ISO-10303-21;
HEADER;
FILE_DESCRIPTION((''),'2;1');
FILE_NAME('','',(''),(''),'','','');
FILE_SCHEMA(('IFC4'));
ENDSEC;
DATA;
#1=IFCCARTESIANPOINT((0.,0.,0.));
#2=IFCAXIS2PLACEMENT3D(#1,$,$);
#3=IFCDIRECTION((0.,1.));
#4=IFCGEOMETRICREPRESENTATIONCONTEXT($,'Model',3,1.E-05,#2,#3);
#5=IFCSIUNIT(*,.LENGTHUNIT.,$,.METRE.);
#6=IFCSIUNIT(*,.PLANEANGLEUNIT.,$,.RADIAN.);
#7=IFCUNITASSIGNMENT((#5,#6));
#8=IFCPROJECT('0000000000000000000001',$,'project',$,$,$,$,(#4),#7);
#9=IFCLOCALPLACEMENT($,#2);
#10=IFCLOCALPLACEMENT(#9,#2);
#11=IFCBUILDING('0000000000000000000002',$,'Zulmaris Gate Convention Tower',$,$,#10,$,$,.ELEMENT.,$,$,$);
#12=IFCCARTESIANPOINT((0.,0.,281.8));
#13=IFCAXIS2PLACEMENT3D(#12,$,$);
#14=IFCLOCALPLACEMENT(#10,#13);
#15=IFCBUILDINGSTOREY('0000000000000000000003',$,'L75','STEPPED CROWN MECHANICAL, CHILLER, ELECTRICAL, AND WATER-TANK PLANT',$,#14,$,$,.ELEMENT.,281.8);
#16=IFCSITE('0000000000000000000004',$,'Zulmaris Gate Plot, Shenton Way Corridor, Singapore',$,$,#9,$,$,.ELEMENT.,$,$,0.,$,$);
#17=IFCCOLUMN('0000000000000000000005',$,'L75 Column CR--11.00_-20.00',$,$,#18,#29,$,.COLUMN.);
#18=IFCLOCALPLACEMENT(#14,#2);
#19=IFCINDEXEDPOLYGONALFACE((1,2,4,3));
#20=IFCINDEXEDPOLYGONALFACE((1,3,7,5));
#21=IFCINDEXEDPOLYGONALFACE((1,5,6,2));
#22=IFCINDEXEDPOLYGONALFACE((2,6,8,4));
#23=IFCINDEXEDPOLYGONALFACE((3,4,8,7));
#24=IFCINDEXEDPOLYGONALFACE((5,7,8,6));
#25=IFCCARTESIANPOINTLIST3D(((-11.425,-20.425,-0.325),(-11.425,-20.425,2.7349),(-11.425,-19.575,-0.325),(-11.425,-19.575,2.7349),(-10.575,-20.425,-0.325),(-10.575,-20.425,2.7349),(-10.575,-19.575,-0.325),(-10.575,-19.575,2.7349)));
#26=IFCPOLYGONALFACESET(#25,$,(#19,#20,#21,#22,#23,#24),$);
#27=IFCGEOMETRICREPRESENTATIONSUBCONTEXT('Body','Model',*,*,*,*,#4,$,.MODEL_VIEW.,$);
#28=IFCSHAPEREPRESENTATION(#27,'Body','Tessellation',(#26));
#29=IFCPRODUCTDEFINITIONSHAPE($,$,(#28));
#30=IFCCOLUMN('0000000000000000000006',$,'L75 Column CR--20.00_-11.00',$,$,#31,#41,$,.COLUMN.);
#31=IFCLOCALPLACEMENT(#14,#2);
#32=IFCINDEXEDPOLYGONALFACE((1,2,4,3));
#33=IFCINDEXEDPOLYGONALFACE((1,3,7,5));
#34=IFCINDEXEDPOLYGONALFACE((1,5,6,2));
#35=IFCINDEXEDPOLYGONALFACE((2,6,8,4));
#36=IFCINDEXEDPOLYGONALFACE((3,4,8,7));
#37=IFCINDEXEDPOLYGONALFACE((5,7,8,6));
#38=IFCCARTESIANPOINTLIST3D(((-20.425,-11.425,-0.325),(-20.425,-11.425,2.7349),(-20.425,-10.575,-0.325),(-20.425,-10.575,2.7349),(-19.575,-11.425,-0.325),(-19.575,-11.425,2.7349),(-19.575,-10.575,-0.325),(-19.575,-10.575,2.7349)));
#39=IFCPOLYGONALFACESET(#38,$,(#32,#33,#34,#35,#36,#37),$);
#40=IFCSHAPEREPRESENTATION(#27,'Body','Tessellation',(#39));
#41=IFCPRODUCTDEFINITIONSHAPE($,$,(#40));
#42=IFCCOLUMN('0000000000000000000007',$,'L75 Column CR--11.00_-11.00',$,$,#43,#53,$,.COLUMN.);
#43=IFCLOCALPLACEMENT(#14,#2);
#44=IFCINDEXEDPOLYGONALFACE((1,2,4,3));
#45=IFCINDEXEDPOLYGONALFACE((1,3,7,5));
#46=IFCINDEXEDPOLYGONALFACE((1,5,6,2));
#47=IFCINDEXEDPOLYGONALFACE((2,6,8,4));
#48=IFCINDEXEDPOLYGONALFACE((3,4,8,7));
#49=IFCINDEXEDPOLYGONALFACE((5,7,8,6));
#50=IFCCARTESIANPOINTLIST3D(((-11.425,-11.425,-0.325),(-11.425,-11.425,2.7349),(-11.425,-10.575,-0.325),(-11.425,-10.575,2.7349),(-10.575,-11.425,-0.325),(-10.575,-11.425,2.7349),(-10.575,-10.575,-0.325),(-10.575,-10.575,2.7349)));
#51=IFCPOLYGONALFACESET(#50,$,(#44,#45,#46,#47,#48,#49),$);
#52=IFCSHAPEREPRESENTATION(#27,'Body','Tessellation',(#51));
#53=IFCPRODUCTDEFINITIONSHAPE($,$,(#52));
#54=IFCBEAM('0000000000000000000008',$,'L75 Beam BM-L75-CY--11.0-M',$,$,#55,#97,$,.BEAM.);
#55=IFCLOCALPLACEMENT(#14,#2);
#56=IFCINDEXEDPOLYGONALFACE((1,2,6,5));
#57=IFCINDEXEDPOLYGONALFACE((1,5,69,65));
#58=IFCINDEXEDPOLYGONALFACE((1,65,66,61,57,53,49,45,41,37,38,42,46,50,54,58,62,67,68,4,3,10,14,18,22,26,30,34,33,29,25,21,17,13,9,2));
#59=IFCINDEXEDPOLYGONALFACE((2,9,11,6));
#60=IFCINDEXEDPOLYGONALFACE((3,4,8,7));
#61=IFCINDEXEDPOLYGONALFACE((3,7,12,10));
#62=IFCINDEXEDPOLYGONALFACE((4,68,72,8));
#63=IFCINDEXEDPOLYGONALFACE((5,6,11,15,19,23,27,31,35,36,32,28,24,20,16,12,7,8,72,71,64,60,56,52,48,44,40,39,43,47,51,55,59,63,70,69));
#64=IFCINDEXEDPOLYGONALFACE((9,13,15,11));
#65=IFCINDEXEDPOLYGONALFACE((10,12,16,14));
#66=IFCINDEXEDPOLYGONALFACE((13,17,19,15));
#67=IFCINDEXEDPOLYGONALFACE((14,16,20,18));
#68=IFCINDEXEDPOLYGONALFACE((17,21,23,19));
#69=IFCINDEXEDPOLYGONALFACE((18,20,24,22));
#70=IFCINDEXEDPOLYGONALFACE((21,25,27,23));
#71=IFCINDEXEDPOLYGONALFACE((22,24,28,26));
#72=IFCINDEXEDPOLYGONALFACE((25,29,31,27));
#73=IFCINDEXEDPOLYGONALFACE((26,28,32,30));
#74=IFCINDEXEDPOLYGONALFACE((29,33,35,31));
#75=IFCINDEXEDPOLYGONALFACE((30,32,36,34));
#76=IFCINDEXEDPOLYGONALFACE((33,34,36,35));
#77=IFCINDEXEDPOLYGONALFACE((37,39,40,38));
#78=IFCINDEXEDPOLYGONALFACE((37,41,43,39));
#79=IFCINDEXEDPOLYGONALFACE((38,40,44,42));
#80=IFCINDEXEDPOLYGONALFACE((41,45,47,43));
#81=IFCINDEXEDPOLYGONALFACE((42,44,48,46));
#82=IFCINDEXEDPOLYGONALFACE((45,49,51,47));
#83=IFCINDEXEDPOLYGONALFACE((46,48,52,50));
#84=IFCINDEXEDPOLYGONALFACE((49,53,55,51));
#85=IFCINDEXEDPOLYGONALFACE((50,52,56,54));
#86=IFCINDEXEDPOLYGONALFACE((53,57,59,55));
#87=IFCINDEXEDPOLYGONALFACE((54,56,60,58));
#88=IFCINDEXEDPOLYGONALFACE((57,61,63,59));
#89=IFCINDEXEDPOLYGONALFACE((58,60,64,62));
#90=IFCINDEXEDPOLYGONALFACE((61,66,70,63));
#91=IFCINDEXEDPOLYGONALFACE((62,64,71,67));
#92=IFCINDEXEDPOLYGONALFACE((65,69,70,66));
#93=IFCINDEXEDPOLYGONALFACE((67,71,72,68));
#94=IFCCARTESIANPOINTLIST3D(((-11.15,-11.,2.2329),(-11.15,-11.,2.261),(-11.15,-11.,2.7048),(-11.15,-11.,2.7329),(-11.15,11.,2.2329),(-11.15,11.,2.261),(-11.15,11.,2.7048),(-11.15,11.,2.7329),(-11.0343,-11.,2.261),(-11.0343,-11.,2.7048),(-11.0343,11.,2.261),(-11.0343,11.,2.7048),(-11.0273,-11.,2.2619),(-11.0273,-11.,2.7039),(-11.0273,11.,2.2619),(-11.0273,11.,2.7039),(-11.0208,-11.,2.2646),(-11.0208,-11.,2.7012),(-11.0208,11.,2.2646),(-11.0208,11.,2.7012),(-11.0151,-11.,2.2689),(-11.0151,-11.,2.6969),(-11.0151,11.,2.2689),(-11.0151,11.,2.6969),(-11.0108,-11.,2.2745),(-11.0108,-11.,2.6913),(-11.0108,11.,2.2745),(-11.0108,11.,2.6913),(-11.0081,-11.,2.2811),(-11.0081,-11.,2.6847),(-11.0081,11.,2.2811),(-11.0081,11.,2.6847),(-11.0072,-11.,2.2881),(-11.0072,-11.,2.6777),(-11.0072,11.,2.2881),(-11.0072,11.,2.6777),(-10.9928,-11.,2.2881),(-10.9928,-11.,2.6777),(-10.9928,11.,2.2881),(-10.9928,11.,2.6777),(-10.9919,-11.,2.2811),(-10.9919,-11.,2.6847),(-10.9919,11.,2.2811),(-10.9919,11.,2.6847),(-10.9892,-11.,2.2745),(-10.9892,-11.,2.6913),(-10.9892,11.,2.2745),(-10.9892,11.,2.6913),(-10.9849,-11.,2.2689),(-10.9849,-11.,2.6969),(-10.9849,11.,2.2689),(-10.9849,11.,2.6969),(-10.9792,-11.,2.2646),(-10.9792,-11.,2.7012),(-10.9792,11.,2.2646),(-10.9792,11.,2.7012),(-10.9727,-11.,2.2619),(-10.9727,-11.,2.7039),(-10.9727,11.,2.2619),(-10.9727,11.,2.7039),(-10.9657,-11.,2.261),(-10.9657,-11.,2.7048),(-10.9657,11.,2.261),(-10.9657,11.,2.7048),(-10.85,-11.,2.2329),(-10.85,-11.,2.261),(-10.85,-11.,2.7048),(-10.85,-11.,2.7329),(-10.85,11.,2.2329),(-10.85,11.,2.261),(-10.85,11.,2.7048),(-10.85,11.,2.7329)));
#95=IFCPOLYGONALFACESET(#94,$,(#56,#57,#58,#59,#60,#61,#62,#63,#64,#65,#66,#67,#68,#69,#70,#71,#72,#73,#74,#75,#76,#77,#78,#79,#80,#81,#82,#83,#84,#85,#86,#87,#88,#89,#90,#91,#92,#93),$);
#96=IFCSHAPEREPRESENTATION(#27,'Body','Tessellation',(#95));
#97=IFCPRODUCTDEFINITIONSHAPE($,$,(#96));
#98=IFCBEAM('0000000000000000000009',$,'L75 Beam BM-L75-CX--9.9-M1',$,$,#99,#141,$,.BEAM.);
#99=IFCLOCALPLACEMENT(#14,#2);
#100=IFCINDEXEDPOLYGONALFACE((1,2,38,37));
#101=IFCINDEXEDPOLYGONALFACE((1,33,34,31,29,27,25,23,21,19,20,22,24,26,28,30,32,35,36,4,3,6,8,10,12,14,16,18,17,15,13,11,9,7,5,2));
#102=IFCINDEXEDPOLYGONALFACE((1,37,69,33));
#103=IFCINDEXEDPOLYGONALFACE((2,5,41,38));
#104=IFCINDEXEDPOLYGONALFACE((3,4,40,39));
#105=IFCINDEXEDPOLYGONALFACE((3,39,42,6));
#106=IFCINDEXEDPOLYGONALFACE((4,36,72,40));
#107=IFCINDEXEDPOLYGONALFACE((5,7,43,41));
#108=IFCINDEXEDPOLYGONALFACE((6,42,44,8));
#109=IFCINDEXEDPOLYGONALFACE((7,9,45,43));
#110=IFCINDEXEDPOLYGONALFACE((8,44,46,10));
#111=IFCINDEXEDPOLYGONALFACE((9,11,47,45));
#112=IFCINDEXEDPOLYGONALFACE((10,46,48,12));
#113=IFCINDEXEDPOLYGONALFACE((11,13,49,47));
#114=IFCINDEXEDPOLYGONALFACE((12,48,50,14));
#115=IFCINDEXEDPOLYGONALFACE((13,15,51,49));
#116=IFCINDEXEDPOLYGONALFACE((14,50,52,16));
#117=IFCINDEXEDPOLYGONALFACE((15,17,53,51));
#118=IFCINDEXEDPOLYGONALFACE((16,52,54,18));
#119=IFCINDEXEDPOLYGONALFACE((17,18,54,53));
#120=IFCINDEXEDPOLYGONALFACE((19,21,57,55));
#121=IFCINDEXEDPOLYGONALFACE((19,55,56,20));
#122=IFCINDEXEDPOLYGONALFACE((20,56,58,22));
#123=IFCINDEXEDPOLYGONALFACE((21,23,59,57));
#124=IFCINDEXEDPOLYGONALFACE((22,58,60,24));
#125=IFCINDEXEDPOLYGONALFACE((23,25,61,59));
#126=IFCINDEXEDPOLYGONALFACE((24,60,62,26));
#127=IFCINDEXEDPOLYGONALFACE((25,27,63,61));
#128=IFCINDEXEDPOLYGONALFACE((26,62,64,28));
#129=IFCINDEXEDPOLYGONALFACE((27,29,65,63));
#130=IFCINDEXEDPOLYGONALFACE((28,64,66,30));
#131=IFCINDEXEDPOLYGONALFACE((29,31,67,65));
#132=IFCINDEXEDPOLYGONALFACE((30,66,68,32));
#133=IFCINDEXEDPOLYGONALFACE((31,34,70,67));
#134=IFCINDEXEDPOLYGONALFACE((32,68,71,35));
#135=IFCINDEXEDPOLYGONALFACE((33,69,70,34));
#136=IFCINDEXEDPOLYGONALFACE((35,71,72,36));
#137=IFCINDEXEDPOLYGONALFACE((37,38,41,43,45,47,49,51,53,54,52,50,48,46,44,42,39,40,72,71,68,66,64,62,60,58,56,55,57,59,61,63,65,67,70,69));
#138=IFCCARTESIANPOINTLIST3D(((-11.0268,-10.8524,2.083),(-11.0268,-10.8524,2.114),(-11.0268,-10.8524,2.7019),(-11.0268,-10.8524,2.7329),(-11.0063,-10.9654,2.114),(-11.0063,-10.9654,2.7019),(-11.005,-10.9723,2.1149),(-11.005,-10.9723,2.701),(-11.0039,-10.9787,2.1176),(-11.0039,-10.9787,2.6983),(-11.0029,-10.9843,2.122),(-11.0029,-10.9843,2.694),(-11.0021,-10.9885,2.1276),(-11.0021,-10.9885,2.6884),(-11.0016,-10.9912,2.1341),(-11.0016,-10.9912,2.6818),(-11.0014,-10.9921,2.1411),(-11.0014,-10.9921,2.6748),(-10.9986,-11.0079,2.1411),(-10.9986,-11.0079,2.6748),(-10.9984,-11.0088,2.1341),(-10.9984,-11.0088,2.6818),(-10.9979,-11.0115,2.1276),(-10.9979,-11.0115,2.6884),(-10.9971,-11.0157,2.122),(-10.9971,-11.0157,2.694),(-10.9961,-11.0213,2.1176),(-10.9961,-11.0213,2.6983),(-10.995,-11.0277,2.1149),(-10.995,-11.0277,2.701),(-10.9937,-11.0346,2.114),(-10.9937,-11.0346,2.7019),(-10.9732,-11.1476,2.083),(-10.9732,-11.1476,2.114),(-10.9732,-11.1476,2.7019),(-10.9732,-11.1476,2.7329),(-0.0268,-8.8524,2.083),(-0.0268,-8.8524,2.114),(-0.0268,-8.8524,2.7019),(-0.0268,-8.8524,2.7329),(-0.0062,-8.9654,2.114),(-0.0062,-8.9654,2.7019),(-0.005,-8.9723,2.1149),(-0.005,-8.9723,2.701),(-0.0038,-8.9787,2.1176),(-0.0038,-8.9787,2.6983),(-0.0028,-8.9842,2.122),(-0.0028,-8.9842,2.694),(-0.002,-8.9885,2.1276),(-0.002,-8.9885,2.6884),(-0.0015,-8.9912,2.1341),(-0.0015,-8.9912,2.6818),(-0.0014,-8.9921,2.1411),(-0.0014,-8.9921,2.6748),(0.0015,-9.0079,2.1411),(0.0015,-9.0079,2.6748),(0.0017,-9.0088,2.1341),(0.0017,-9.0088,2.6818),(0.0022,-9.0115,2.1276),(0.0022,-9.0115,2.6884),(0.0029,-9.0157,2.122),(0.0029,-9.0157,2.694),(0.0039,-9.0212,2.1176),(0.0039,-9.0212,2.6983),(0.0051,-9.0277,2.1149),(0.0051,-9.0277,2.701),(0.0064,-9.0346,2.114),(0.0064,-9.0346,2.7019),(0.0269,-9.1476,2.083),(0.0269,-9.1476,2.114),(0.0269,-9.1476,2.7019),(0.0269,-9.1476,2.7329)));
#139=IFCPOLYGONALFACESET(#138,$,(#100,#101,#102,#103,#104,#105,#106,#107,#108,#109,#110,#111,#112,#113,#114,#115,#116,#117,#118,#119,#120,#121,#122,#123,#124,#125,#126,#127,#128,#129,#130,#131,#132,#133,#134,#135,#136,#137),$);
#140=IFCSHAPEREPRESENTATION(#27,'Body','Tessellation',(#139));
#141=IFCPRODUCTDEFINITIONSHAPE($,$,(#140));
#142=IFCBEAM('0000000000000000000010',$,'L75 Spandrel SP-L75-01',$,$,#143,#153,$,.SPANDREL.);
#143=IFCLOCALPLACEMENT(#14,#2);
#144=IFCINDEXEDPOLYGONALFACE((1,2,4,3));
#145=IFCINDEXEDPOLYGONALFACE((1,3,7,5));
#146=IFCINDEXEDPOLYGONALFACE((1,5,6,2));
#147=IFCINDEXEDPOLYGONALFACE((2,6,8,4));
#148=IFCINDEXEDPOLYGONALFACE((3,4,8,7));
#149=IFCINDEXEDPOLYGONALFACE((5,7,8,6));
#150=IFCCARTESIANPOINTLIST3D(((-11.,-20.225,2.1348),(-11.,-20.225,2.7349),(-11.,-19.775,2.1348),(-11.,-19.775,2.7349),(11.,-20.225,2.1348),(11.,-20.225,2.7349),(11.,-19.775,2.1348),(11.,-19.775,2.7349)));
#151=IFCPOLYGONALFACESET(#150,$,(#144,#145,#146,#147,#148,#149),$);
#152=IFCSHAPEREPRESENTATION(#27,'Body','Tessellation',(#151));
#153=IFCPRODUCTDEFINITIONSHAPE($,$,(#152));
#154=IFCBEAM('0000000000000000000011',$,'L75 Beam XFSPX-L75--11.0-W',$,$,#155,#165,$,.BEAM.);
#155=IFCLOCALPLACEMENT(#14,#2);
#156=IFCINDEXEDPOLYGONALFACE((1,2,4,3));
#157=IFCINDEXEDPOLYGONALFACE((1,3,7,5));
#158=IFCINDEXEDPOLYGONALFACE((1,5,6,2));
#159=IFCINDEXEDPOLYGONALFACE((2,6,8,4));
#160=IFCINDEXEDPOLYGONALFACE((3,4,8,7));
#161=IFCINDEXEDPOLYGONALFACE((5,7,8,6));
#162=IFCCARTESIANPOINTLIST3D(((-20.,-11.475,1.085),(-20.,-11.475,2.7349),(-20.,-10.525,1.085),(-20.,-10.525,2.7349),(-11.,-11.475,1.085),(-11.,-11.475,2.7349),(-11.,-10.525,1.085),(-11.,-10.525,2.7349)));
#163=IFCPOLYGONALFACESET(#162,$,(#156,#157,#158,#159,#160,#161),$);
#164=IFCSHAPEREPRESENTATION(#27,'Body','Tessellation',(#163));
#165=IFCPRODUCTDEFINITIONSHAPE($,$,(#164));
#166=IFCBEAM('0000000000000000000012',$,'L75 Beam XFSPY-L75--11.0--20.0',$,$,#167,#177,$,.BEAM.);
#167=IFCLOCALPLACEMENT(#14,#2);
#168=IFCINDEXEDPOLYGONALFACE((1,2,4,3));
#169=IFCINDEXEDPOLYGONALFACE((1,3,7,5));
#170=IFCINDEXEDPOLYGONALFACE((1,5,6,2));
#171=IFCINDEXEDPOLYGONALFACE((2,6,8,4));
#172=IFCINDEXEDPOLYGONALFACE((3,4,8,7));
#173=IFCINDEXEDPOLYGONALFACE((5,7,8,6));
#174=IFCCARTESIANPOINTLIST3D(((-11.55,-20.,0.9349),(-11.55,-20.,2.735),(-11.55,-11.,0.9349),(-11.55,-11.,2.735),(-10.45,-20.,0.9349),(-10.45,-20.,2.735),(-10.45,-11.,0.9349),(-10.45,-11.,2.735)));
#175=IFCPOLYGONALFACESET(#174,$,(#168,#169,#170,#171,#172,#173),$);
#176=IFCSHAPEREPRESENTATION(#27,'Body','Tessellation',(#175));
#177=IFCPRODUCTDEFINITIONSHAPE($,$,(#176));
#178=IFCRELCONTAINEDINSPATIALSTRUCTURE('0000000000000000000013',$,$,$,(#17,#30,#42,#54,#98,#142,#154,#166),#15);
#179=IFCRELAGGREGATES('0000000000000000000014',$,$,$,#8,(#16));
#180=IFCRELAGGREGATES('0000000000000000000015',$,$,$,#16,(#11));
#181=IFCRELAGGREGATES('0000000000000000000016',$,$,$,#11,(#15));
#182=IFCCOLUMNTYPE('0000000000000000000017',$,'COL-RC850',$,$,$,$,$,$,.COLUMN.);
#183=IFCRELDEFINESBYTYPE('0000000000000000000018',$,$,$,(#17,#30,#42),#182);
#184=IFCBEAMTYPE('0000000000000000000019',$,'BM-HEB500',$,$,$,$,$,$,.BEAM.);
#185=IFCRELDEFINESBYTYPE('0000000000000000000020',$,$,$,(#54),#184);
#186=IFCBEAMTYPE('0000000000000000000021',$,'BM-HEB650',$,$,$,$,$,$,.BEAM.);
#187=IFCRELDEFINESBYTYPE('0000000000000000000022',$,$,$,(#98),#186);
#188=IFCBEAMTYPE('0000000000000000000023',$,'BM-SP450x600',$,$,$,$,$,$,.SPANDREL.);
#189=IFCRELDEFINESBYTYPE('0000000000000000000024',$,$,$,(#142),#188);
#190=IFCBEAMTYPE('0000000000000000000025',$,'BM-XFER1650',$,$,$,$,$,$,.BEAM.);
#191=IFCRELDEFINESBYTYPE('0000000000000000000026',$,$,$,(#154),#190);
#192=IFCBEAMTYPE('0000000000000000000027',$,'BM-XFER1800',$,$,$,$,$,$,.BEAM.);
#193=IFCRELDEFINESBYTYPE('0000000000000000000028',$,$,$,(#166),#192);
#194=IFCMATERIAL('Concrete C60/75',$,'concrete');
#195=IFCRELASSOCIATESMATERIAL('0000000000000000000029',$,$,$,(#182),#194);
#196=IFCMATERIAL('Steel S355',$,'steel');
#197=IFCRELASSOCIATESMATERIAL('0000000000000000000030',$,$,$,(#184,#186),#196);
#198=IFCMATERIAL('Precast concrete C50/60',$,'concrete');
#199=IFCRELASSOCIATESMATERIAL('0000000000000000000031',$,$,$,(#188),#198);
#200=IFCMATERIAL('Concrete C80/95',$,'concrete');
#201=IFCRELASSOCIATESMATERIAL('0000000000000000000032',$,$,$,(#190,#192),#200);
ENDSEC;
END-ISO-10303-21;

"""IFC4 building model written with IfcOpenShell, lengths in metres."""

from ifc_helpers import new_model, si_unit, direction, frame, origin, origin_2d, place, context, subcontext, project, spatial, rectangle, i_section, extrude, material, material_profile, profile_set, type_object, element, save


model = new_model("IFC4")

# Units and contexts
model_context = context("Model", 3, precision=1e-05, world=origin(), true_north=direction((0.0, 1.0)))
body_context = subcontext(model_context, "Body", "Model", "MODEL_VIEW")
ifc_project = project(units=[si_unit("LENGTHUNIT", "METRE"), si_unit("PLANEANGLEUNIT", "RADIAN")], contexts=[model_context])

# Site, building, storey
site_placement = place(None, origin())
site = spatial("IfcSite", under=ifc_project, at=site_placement, Name="Zulmaris Gate Plot, Shenton Way Corridor, Singapore", CompositionType="ELEMENT", RefElevation=0.0)
building_placement = place(site_placement, origin())
building = spatial("IfcBuilding", under=site, at=building_placement, Name="Zulmaris Gate Convention Tower", CompositionType="ELEMENT")
storey_placement = place(building_placement, frame((0.0, 0.0, 281.8)))
storey = spatial("IfcBuildingStorey", under=building, at=storey_placement, Name="L75", Description="STEPPED CROWN MECHANICAL, CHILLER, ELECTRICAL, AND WATER-TANK PLANT", CompositionType="ELEMENT", Elevation=281.8)

# Columns
ifc_material_1 = material(Name="Concrete C60/75", Category="concrete")
ifc_material_profile_1 = material_profile(ifc_material_1, rectangle(XDim=0.8501, YDim=0.8501, at=origin_2d()), Name="RC COL 850x850")
ifc_profile_set_1 = profile_set([ifc_material_profile_1], Name="Concrete C60/75")
column_type = type_object("IfcColumnType", Name="COL-RC850", PredefinedType="COLUMN", material=ifc_profile_set_1)
for number, where, z_axis, x_axis, name in (
    (1, (-11.0, -20.0, -0.325), (0.0, 0.0, 1.0), (1.0, 0.0, 0.0), "L75 Column CR--11.00_-20.00"),
    (2, (-20.0, -11.0, -0.325), (0.0, 0.0, 1.0), (1.0, 0.0, 0.0), "L75 Column CR--20.00_-11.00"),
    (3, (-11.0, -11.0, -0.325), (0.0, 0.0, 1.0), (1.0, 0.0, 0.0), "L75 Column CR--11.00_-11.00"),
):
    element("IfcColumn", number, at=place(storey_placement, frame(where, z_axis=z_axis, x_axis=x_axis)), inside=storey, type_object=column_type, Name=name, PredefinedType="COLUMN", context=body_context, shape_type="SweptSolid", body=[
        extrude(rectangle(XDim=0.8501, YDim=0.8501, at=origin_2d()), origin(), (0.0, 0.0, 1.0), 3.0598),
    ])

# Beams
ifc_material_2 = material(Name="Steel S355", Category="steel")
ifc_material_profile_2 = material_profile(ifc_material_2, i_section(OverallWidth=0.3, OverallDepth=0.5, WebThickness=0.0144, FlangeThickness=0.0281, FilletRadius=0.0271, at=origin_2d()), Name="HEB 500")
ifc_profile_set_2 = profile_set([ifc_material_profile_2], Name="Steel S355")
beam_type_1 = type_object("IfcBeamType", Name="BM-HEB500", PredefinedType="BEAM", material=ifc_profile_set_2)
beam_1_placement = place(storey_placement, frame((-11.0, -11.0, 2.4829), z_axis=(0.0, 1.0, 0.0), x_axis=(-1.0, 0.0, 0.0)))
element("IfcBeam", 4, at=beam_1_placement, inside=storey, type_object=beam_type_1, Name="L75 Beam BM-L75-CY--11.0-M", PredefinedType="BEAM", context=body_context, shape_type="SweptSolid", body=[
    extrude(i_section(OverallWidth=0.3, OverallDepth=0.5, WebThickness=0.0144, FlangeThickness=0.0281, FilletRadius=0.0271, at=origin_2d()), origin(), (0.0, 0.0, 1.0), 22.0),
])
ifc_material_profile_3 = material_profile(ifc_material_2, i_section(OverallWidth=0.3, OverallDepth=0.6499, WebThickness=0.0161, FlangeThickness=0.031, FilletRadius=0.0271, at=origin_2d()), Name="HEB 650")
ifc_profile_set_3 = profile_set([ifc_material_profile_3], Name="Steel S355")
beam_type_2 = type_object("IfcBeamType", Name="BM-HEB650", PredefinedType="BEAM", material=ifc_profile_set_3)
beam_2_placement = place(storey_placement, frame((-11.0, -11.0, 2.408), z_axis=(0.98387, 0.178885, 0.0), x_axis=(-0.178885, 0.98387, 0.0)))
element("IfcBeam", 5, at=beam_2_placement, inside=storey, type_object=beam_type_2, Name="L75 Beam BM-L75-CX--9.9-M1", PredefinedType="BEAM", context=body_context, shape_type="SweptSolid", body=[
    extrude(i_section(OverallWidth=0.3, OverallDepth=0.6499, WebThickness=0.0161, FlangeThickness=0.031, FilletRadius=0.0271, at=origin_2d()), origin(), (0.0, 0.0, 1.0), 11.1804),
])
ifc_material_3 = material(Name="Precast concrete C50/60", Category="concrete")
ifc_material_profile_4 = material_profile(ifc_material_3, rectangle(XDim=0.45, YDim=0.6001, at=origin_2d()), Name="RC SPANDREL 450x600")
ifc_profile_set_4 = profile_set([ifc_material_profile_4], Name="Precast concrete C50/60")
beam_type_3 = type_object("IfcBeamType", Name="BM-SP450x600", PredefinedType="SPANDREL", material=ifc_profile_set_4)
beam_3_placement = place(storey_placement, frame((-11.0, -20.0, 2.4348), z_axis=(1.0, 0.0, 0.0), x_axis=(0.0, 1.0, 0.0)))
element("IfcBeam", 6, at=beam_3_placement, inside=storey, type_object=beam_type_3, Name="L75 Spandrel SP-L75-01", PredefinedType="SPANDREL", context=body_context, shape_type="SweptSolid", body=[
    extrude(rectangle(XDim=0.45, YDim=0.6001, at=origin_2d()), origin(), (0.0, 0.0, 1.0), 22.0),
])
ifc_material_4 = material(Name="Concrete C80/95", Category="concrete")
ifc_material_profile_5 = material_profile(ifc_material_4, rectangle(XDim=0.95, YDim=1.6499, at=origin_2d()), Name="RC TRANSFER 950x1650")
ifc_profile_set_5 = profile_set([ifc_material_profile_5], Name="Concrete C80/95")
beam_type_4 = type_object("IfcBeamType", Name="BM-XFER1650", PredefinedType="BEAM", material=ifc_profile_set_5)
beam_4_placement = place(storey_placement, frame((-20.0, -11.0, 1.9099), z_axis=(1.0, 0.0, 0.0), x_axis=(0.0, 1.0, 0.0)))
element("IfcBeam", 7, at=beam_4_placement, inside=storey, type_object=beam_type_4, Name="L75 Beam XFSPX-L75--11.0-W", PredefinedType="BEAM", context=body_context, shape_type="SweptSolid", body=[
    extrude(rectangle(XDim=0.95, YDim=1.6499, at=origin_2d()), origin(), (0.0, 0.0, 1.0), 9.0),
])
ifc_material_profile_6 = material_profile(ifc_material_4, rectangle(XDim=1.1001, YDim=1.8, at=origin_2d()), Name="RC TRANSFER 1100x1800")
ifc_profile_set_6 = profile_set([ifc_material_profile_6], Name="Concrete C80/95")
beam_type_5 = type_object("IfcBeamType", Name="BM-XFER1800", PredefinedType="BEAM", material=ifc_profile_set_6)
beam_5_placement = place(storey_placement, frame((-11.0, -20.0, 1.835), z_axis=(0.0, 1.0, 0.0), x_axis=(-1.0, 0.0, 0.0)))
element("IfcBeam", 8, at=beam_5_placement, inside=storey, type_object=beam_type_5, Name="L75 Beam XFSPY-L75--11.0--20.0", PredefinedType="BEAM", context=body_context, shape_type="SweptSolid", body=[
    extrude(rectangle(XDim=1.1001, YDim=1.8, at=origin_2d()), origin(), (0.0, 0.0, 1.0), 9.0),
])

save(model, "model.ifc")
